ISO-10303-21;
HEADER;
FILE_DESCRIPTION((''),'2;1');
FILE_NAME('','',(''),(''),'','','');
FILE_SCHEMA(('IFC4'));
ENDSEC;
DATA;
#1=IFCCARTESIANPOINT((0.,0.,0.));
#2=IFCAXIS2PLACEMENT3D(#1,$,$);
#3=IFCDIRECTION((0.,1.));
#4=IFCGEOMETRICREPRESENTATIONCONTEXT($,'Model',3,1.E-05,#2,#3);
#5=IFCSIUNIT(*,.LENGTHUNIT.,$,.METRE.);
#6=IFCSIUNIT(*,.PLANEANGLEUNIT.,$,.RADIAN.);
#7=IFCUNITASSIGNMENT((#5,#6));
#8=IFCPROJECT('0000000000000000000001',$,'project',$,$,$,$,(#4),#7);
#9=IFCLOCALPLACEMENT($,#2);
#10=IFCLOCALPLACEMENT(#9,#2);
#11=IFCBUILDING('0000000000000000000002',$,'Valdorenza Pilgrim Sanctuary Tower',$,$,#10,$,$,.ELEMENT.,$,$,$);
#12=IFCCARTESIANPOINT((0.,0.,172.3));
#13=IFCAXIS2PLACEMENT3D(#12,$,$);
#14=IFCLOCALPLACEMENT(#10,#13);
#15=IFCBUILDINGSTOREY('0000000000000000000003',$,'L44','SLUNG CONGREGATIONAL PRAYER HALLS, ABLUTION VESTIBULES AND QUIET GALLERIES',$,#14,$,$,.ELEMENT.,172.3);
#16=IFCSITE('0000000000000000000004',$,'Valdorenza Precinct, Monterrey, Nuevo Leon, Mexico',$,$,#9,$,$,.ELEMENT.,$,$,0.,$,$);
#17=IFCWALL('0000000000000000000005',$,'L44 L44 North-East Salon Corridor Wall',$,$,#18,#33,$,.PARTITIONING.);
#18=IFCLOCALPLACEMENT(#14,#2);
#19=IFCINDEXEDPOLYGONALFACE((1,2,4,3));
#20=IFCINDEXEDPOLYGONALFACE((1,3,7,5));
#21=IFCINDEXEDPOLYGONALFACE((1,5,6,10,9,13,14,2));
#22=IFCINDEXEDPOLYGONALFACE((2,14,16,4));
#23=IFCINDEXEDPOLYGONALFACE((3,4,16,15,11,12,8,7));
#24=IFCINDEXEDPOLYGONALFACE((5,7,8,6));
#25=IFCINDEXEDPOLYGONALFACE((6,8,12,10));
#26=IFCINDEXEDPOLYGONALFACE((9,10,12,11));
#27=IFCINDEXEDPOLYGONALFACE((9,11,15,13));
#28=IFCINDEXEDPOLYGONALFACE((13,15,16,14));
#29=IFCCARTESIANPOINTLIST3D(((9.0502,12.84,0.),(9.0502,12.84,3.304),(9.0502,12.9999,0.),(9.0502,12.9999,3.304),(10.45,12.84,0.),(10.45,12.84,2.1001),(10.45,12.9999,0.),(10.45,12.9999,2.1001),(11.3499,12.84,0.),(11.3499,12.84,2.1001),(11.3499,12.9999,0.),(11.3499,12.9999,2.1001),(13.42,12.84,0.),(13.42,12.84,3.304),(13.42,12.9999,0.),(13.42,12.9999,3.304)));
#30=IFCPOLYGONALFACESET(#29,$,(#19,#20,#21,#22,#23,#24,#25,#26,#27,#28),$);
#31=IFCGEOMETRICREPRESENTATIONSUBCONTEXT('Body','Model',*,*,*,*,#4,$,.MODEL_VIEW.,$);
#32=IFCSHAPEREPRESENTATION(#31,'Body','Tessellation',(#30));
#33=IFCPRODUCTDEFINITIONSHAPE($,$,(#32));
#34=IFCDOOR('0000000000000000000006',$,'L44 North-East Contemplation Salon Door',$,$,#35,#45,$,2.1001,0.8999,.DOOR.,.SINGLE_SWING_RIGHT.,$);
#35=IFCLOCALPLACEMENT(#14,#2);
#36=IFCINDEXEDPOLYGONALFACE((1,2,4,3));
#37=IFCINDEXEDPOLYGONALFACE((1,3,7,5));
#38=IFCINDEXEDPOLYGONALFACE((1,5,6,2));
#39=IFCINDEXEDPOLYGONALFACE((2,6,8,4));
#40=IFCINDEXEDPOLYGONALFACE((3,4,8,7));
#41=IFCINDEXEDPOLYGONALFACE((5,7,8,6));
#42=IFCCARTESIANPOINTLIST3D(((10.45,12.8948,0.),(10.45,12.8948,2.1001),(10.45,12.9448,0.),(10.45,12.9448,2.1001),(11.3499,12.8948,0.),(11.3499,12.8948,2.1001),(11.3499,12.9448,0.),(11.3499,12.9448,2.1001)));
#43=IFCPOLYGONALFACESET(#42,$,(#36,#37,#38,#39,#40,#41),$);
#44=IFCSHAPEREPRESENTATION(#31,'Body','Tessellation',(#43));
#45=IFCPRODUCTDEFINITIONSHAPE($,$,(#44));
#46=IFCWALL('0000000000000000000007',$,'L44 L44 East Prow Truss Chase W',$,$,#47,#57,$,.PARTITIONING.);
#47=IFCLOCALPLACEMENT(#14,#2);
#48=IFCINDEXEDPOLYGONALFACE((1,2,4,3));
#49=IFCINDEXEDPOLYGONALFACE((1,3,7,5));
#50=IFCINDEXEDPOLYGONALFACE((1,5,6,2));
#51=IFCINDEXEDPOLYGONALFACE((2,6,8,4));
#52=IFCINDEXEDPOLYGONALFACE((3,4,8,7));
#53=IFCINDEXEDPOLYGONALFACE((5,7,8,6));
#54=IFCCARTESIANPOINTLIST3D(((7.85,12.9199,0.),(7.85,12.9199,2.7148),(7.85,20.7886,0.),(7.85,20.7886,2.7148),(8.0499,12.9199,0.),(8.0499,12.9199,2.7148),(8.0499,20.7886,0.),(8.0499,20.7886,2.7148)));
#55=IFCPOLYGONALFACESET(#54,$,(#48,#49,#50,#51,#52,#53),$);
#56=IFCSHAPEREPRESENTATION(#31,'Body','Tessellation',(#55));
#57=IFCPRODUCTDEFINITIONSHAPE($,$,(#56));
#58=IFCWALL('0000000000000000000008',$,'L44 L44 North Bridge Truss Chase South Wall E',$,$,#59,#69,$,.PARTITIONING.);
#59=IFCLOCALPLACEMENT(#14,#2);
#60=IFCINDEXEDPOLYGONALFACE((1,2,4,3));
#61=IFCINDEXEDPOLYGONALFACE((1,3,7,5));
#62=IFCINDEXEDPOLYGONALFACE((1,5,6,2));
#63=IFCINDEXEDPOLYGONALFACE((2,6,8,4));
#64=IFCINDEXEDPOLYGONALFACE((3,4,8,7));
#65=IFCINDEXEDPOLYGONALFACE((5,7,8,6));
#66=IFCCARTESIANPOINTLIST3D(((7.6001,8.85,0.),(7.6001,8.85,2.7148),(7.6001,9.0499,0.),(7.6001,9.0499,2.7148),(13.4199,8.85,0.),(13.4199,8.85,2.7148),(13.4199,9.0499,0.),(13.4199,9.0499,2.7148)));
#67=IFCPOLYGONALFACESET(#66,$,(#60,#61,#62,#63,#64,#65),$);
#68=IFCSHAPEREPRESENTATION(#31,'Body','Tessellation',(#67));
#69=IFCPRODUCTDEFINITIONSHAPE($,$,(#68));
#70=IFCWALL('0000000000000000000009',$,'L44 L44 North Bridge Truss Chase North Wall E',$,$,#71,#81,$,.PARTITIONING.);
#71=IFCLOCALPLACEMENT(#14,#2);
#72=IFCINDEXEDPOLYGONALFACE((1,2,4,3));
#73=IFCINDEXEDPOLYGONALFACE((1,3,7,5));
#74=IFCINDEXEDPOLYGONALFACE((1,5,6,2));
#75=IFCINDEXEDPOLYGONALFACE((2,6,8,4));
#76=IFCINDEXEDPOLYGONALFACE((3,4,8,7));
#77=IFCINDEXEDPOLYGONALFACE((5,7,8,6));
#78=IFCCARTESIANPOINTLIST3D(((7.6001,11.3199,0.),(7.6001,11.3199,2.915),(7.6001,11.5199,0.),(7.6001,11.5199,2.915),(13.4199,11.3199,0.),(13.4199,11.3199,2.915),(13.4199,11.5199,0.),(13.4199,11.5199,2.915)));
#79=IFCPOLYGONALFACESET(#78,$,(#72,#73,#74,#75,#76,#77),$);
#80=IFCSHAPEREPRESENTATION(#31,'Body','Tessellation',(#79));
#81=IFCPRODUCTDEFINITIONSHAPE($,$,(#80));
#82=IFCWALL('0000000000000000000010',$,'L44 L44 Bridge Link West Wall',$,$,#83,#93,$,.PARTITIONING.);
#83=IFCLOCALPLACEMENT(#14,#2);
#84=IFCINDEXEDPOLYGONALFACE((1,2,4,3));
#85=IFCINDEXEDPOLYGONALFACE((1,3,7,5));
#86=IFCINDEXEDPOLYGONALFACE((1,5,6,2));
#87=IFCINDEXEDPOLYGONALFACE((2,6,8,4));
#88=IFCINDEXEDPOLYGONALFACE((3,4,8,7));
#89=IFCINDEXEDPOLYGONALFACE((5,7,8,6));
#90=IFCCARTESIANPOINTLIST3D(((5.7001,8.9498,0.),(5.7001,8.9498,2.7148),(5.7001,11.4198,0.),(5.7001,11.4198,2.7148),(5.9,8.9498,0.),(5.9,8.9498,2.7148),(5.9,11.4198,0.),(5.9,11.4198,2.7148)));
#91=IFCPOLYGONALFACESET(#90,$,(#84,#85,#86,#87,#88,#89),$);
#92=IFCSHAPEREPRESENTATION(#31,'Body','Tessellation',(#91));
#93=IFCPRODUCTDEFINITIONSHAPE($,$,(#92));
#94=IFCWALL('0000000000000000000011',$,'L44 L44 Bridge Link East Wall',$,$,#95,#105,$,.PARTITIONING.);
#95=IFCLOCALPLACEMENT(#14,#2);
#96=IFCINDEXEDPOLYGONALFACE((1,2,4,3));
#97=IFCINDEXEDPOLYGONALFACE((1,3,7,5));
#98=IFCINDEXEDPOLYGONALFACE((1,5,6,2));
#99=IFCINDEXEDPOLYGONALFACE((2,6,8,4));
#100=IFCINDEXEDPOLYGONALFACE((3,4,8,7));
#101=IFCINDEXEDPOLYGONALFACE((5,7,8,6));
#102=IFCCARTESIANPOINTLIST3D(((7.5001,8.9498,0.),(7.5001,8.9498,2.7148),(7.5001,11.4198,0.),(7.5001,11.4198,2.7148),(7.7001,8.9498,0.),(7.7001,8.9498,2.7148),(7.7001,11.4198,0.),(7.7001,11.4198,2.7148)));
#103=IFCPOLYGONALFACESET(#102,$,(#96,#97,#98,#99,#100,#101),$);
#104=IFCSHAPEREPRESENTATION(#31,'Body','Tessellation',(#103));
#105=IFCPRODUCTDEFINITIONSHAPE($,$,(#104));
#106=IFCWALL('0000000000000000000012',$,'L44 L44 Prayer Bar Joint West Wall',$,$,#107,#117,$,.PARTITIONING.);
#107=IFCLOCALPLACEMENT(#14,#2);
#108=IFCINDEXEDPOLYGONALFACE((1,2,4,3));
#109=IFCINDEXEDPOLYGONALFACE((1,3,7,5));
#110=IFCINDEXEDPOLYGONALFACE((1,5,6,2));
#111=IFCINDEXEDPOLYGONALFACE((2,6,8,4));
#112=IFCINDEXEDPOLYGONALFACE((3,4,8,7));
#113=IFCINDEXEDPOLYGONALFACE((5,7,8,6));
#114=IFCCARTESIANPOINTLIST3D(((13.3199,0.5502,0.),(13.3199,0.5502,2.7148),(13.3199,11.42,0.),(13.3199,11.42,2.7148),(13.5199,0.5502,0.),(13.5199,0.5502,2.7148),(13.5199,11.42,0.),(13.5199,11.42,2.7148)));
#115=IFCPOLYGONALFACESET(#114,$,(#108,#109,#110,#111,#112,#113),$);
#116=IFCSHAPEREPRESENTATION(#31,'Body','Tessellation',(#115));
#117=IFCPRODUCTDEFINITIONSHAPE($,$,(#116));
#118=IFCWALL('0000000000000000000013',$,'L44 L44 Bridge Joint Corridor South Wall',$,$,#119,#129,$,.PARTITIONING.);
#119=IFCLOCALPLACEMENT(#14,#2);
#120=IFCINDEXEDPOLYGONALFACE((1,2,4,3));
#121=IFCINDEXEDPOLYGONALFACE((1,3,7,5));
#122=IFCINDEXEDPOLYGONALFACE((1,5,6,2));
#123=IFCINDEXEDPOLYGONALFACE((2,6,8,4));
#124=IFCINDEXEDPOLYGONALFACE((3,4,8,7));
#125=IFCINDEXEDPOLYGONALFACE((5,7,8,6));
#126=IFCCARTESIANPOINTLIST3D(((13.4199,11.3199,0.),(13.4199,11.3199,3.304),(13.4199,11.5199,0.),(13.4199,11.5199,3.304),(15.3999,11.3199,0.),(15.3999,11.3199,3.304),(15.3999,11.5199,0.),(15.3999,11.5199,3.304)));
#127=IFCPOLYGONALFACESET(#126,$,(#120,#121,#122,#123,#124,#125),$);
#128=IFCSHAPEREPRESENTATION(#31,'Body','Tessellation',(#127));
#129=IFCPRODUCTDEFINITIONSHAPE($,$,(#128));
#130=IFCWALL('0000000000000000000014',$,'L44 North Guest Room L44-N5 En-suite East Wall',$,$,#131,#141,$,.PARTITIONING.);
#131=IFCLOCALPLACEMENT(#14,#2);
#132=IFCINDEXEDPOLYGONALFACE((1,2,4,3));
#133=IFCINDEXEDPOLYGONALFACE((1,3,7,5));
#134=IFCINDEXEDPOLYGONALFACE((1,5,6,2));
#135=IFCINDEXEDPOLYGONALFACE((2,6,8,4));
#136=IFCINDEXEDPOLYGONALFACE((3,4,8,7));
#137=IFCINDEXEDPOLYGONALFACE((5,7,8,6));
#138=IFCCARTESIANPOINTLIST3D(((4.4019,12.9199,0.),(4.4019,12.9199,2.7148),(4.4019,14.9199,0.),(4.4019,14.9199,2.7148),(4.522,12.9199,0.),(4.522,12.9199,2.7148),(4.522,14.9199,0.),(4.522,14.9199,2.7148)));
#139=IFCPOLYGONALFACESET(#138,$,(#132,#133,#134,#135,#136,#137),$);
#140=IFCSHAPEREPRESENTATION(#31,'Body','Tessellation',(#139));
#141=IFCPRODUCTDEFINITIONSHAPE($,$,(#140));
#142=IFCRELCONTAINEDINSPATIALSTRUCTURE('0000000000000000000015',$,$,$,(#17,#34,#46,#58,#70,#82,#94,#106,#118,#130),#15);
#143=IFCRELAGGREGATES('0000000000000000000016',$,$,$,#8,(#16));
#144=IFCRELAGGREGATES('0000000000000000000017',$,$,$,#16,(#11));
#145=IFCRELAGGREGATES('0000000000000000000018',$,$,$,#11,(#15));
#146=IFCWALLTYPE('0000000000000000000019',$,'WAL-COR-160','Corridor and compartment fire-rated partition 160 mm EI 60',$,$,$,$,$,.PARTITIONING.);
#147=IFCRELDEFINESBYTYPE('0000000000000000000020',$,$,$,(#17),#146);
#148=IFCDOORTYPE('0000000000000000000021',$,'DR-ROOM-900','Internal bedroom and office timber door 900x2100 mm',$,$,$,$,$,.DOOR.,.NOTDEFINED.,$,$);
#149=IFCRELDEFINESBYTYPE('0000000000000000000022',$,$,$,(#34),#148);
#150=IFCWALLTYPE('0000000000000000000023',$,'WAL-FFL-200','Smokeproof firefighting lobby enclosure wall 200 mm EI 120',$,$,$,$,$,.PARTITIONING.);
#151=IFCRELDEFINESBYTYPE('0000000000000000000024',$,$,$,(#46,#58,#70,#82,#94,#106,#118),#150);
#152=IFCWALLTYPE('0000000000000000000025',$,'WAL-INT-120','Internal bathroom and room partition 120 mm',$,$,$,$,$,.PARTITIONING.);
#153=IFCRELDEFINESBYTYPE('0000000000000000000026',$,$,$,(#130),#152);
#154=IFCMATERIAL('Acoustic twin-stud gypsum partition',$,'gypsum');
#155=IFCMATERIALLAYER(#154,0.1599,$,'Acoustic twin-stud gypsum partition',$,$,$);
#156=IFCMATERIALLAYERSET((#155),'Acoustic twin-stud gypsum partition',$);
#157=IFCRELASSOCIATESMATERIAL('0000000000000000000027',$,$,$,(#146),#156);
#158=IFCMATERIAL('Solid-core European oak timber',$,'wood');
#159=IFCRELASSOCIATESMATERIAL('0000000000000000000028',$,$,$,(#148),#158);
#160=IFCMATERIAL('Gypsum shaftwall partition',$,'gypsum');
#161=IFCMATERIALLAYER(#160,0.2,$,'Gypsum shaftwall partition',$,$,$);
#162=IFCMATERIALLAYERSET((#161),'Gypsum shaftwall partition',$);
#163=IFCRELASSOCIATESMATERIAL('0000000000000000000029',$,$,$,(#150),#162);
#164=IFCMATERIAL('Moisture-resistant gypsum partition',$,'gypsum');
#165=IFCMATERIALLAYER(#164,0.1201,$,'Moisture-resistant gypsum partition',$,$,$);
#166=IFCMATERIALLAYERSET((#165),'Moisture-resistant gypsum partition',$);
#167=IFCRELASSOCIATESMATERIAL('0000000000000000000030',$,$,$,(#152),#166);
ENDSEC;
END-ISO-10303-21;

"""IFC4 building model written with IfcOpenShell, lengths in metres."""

from ifc_helpers import new_model, si_unit, direction, frame, frame_2d, origin, place, context, subcontext, project, spatial, rectangle, extrude, material, layer, layer_set, type_object, element, fill, save


model = new_model("IFC4")

# Units and contexts
model_context = context("Model", 3, precision=1e-05, world=origin(), true_north=direction((0.0, 1.0)))
body_context = subcontext(model_context, "Body", "Model", "MODEL_VIEW")
ifc_project = project(units=[si_unit("LENGTHUNIT", "METRE"), si_unit("PLANEANGLEUNIT", "RADIAN")], contexts=[model_context])

# Site, building, storey
site_placement = place(None, origin())
site = spatial("IfcSite", under=ifc_project, at=site_placement, Name="Valdorenza Precinct, Monterrey, Nuevo Leon, Mexico", CompositionType="ELEMENT", RefElevation=0.0)
building_placement = place(site_placement, origin())
building = spatial("IfcBuilding", under=site, at=building_placement, Name="Valdorenza Pilgrim Sanctuary Tower", CompositionType="ELEMENT")
storey_placement = place(building_placement, frame((0.0, 0.0, 172.3)))
storey = spatial("IfcBuildingStorey", under=building, at=storey_placement, Name="L44", Description="SLUNG CONGREGATIONAL PRAYER HALLS, ABLUTION VESTIBULES AND QUIET GALLERIES", CompositionType="ELEMENT", Elevation=172.3)

# Shared definitions
ifc_material_1 = material(Name="Acoustic twin-stud gypsum partition", Category="gypsum")
ifc_layer_1 = layer(ifc_material_1, 0.1599, Name="Acoustic twin-stud gypsum partition")
ifc_layer_set_1 = layer_set([ifc_layer_1], Name="Acoustic twin-stud gypsum partition")
wall_type_1 = type_object("IfcWallType", Name="WAL-COR-160", Description="Corridor and compartment fire-rated partition 160 mm EI 60", PredefinedType="PARTITIONING", material=ifc_layer_set_1)
ifc_material_2 = material(Name="Solid-core European oak timber", Category="wood")
door_type_1 = type_object("IfcDoorType", Name="DR-ROOM-900", Description="Internal bedroom and office timber door 900x2100 mm", OperationType="NOTDEFINED", PredefinedType="DOOR", material=ifc_material_2)

# Wall, opening, door
wall_1_placement = place(storey_placement, frame((9.05, 12.9199, 0.0), z_axis=(0.0, 0.0, 1.0), x_axis=(1.0, 0.0, 0.0)))
wall_1 = element("IfcWall", 1, at=wall_1_placement, inside=storey, type_object=wall_type_1, Name="L44 L44 North-East Salon Corridor Wall", PredefinedType="PARTITIONING", context=body_context, shape_type="SweptSolid", body=[
    extrude(rectangle(XDim=4.3699, YDim=0.1599, at=frame_2d((2.1851, 0.0))), origin(), (0.0, 0.0, 1.0), 3.304),
])
opening_1_placement = place(wall_1_placement, frame((1.3999, 0.0, 0.0)))
opening_1 = element("IfcOpeningElement", 2, at=opening_1_placement, cuts=wall_1, PredefinedType="OPENING", context=body_context, shape_type="SweptSolid", body=[
    extrude(rectangle(XDim=0.8999, YDim=2.1001, at=frame_2d((0.45, 1.05))), frame((0.0, 0.0947, 0.0), z_axis=(0.0, -1.0, 0.0), x_axis=(1.0, 0.0, 0.0)), (0.0, 0.0, 1.0), 0.1897),
])
door_1_placement = place(opening_1_placement, origin())
door_1 = element("IfcDoor", 3, at=door_1_placement, inside=storey, type_object=door_type_1, Name="L44 North-East Contemplation Salon Door", OperationType="SINGLE_SWING_RIGHT", OverallHeight=2.1001, OverallWidth=0.8999, PredefinedType="DOOR", context=body_context, shape_type="SweptSolid", body=[
    extrude(rectangle(XDim=0.8999, YDim=2.1001, at=frame_2d((0.45, 1.05))), frame((0.0, 0.0249, 0.0), z_axis=(0.0, -1.0, 0.0), x_axis=(1.0, 0.0, 0.0)), (0.0, 0.0, 1.0), 0.05),
])
fill(opening_1, door_1)

# Walls
ifc_material_3 = material(Name="Gypsum shaftwall partition", Category="gypsum")
ifc_layer_2 = layer(ifc_material_3, 0.2, Name="Gypsum shaftwall partition")
ifc_layer_set_2 = layer_set([ifc_layer_2], Name="Gypsum shaftwall partition")
wall_type_2 = type_object("IfcWallType", Name="WAL-FFL-200", Description="Smokeproof firefighting lobby enclosure wall 200 mm EI 120", PredefinedType="PARTITIONING", material=ifc_layer_set_2)
wall_2_placement = place(storey_placement, frame((7.95, 12.9199, 0.0), z_axis=(0.0, 0.0, 1.0), x_axis=(0.0, 1.0, 0.0)))
element("IfcWall", 4, at=wall_2_placement, inside=storey, type_object=wall_type_2, Name="L44 L44 East Prow Truss Chase W", PredefinedType="PARTITIONING", context=body_context, shape_type="SweptSolid", body=[
    extrude(rectangle(XDim=7.8687, YDim=0.2, at=frame_2d((3.9343, 0.0))), origin(), (0.0, 0.0, 1.0), 2.7148),
])
wall_3_placement = place(storey_placement, frame((7.6001, 8.95, 0.0), z_axis=(0.0, 0.0, 1.0), x_axis=(1.0, 0.0, 0.0)))
element("IfcWall", 5, at=wall_3_placement, inside=storey, type_object=wall_type_2, Name="L44 L44 North Bridge Truss Chase South Wall E", PredefinedType="PARTITIONING", context=body_context, shape_type="SweptSolid", body=[
    extrude(rectangle(XDim=5.8198, YDim=0.2, at=frame_2d((2.9099, 0.0))), origin(), (0.0, 0.0, 1.0), 2.7148),
])
wall_4_placement = place(storey_placement, frame((7.6001, 11.4199, 0.0), z_axis=(0.0, 0.0, 1.0), x_axis=(1.0, 0.0, 0.0)))
element("IfcWall", 6, at=wall_4_placement, inside=storey, type_object=wall_type_2, Name="L44 L44 North Bridge Truss Chase North Wall E", PredefinedType="PARTITIONING", context=body_context, shape_type="SweptSolid", body=[
    extrude(rectangle(XDim=5.8198, YDim=0.2, at=frame_2d((2.9099, 0.0))), origin(), (0.0, 0.0, 1.0), 2.915),
])
for number, where, z_axis, x_axis, name in (
    (7, (5.8, 8.95, 0.0), (0.0, 0.0, 1.0), (0.0, 1.0, 0.0), "L44 L44 Bridge Link West Wall"),
    (8, (7.6001, 8.95, 0.0), (0.0, 0.0, 1.0), (0.0, 1.0, 0.0), "L44 L44 Bridge Link East Wall"),
):
    element("IfcWall", number, at=place(storey_placement, frame(where, z_axis=z_axis, x_axis=x_axis)), inside=storey, type_object=wall_type_2, Name=name, PredefinedType="PARTITIONING", context=body_context, shape_type="SweptSolid", body=[
        extrude(rectangle(XDim=2.47, YDim=0.2, at=frame_2d((1.2349, 0.0))), origin(), (0.0, 0.0, 1.0), 2.7148),
    ])
wall_5_placement = place(storey_placement, frame((13.4199, 0.55, 0.0), z_axis=(0.0, 0.0, 1.0), x_axis=(0.0, 1.0, 0.0)))
element("IfcWall", 9, at=wall_5_placement, inside=storey, type_object=wall_type_2, Name="L44 L44 Prayer Bar Joint West Wall", PredefinedType="PARTITIONING", context=body_context, shape_type="SweptSolid", body=[
    extrude(rectangle(XDim=10.8699, YDim=0.2, at=frame_2d((5.4351, 0.0))), origin(), (0.0, 0.0, 1.0), 2.7148),
])
wall_6_placement = place(storey_placement, frame((13.4199, 11.4199, 0.0), z_axis=(0.0, 0.0, 1.0), x_axis=(1.0, 0.0, 0.0)))
element("IfcWall", 10, at=wall_6_placement, inside=storey, type_object=wall_type_2, Name="L44 L44 Bridge Joint Corridor South Wall", PredefinedType="PARTITIONING", context=body_context, shape_type="SweptSolid", body=[
    extrude(rectangle(XDim=1.98, YDim=0.2, at=frame_2d((0.99, 0.0))), origin(), (0.0, 0.0, 1.0), 3.304),
])

# Wall
ifc_material_4 = material(Name="Moisture-resistant gypsum partition", Category="gypsum")
ifc_layer_3 = layer(ifc_material_4, 0.1201, Name="Moisture-resistant gypsum partition")
ifc_layer_set_3 = layer_set([ifc_layer_3], Name="Moisture-resistant gypsum partition")
wall_type_3 = type_object("IfcWallType", Name="WAL-INT-120", Description="Internal bathroom and room partition 120 mm", PredefinedType="PARTITIONING", material=ifc_layer_set_3)
wall_7_placement = place(storey_placement, frame((4.4619, 12.9199, 0.0), z_axis=(0.0, 0.0, 1.0), x_axis=(0.0, 1.0, 0.0)))
element("IfcWall", 11, at=wall_7_placement, inside=storey, type_object=wall_type_3, Name="L44 North Guest Room L44-N5 En-suite East Wall", PredefinedType="PARTITIONING", context=body_context, shape_type="SweptSolid", body=[
    extrude(rectangle(XDim=2.0, YDim=0.1201, at=frame_2d((1.0, 0.0))), origin(), (0.0, 0.0, 1.0), 2.7148),
])

save(model, "model.ifc")
